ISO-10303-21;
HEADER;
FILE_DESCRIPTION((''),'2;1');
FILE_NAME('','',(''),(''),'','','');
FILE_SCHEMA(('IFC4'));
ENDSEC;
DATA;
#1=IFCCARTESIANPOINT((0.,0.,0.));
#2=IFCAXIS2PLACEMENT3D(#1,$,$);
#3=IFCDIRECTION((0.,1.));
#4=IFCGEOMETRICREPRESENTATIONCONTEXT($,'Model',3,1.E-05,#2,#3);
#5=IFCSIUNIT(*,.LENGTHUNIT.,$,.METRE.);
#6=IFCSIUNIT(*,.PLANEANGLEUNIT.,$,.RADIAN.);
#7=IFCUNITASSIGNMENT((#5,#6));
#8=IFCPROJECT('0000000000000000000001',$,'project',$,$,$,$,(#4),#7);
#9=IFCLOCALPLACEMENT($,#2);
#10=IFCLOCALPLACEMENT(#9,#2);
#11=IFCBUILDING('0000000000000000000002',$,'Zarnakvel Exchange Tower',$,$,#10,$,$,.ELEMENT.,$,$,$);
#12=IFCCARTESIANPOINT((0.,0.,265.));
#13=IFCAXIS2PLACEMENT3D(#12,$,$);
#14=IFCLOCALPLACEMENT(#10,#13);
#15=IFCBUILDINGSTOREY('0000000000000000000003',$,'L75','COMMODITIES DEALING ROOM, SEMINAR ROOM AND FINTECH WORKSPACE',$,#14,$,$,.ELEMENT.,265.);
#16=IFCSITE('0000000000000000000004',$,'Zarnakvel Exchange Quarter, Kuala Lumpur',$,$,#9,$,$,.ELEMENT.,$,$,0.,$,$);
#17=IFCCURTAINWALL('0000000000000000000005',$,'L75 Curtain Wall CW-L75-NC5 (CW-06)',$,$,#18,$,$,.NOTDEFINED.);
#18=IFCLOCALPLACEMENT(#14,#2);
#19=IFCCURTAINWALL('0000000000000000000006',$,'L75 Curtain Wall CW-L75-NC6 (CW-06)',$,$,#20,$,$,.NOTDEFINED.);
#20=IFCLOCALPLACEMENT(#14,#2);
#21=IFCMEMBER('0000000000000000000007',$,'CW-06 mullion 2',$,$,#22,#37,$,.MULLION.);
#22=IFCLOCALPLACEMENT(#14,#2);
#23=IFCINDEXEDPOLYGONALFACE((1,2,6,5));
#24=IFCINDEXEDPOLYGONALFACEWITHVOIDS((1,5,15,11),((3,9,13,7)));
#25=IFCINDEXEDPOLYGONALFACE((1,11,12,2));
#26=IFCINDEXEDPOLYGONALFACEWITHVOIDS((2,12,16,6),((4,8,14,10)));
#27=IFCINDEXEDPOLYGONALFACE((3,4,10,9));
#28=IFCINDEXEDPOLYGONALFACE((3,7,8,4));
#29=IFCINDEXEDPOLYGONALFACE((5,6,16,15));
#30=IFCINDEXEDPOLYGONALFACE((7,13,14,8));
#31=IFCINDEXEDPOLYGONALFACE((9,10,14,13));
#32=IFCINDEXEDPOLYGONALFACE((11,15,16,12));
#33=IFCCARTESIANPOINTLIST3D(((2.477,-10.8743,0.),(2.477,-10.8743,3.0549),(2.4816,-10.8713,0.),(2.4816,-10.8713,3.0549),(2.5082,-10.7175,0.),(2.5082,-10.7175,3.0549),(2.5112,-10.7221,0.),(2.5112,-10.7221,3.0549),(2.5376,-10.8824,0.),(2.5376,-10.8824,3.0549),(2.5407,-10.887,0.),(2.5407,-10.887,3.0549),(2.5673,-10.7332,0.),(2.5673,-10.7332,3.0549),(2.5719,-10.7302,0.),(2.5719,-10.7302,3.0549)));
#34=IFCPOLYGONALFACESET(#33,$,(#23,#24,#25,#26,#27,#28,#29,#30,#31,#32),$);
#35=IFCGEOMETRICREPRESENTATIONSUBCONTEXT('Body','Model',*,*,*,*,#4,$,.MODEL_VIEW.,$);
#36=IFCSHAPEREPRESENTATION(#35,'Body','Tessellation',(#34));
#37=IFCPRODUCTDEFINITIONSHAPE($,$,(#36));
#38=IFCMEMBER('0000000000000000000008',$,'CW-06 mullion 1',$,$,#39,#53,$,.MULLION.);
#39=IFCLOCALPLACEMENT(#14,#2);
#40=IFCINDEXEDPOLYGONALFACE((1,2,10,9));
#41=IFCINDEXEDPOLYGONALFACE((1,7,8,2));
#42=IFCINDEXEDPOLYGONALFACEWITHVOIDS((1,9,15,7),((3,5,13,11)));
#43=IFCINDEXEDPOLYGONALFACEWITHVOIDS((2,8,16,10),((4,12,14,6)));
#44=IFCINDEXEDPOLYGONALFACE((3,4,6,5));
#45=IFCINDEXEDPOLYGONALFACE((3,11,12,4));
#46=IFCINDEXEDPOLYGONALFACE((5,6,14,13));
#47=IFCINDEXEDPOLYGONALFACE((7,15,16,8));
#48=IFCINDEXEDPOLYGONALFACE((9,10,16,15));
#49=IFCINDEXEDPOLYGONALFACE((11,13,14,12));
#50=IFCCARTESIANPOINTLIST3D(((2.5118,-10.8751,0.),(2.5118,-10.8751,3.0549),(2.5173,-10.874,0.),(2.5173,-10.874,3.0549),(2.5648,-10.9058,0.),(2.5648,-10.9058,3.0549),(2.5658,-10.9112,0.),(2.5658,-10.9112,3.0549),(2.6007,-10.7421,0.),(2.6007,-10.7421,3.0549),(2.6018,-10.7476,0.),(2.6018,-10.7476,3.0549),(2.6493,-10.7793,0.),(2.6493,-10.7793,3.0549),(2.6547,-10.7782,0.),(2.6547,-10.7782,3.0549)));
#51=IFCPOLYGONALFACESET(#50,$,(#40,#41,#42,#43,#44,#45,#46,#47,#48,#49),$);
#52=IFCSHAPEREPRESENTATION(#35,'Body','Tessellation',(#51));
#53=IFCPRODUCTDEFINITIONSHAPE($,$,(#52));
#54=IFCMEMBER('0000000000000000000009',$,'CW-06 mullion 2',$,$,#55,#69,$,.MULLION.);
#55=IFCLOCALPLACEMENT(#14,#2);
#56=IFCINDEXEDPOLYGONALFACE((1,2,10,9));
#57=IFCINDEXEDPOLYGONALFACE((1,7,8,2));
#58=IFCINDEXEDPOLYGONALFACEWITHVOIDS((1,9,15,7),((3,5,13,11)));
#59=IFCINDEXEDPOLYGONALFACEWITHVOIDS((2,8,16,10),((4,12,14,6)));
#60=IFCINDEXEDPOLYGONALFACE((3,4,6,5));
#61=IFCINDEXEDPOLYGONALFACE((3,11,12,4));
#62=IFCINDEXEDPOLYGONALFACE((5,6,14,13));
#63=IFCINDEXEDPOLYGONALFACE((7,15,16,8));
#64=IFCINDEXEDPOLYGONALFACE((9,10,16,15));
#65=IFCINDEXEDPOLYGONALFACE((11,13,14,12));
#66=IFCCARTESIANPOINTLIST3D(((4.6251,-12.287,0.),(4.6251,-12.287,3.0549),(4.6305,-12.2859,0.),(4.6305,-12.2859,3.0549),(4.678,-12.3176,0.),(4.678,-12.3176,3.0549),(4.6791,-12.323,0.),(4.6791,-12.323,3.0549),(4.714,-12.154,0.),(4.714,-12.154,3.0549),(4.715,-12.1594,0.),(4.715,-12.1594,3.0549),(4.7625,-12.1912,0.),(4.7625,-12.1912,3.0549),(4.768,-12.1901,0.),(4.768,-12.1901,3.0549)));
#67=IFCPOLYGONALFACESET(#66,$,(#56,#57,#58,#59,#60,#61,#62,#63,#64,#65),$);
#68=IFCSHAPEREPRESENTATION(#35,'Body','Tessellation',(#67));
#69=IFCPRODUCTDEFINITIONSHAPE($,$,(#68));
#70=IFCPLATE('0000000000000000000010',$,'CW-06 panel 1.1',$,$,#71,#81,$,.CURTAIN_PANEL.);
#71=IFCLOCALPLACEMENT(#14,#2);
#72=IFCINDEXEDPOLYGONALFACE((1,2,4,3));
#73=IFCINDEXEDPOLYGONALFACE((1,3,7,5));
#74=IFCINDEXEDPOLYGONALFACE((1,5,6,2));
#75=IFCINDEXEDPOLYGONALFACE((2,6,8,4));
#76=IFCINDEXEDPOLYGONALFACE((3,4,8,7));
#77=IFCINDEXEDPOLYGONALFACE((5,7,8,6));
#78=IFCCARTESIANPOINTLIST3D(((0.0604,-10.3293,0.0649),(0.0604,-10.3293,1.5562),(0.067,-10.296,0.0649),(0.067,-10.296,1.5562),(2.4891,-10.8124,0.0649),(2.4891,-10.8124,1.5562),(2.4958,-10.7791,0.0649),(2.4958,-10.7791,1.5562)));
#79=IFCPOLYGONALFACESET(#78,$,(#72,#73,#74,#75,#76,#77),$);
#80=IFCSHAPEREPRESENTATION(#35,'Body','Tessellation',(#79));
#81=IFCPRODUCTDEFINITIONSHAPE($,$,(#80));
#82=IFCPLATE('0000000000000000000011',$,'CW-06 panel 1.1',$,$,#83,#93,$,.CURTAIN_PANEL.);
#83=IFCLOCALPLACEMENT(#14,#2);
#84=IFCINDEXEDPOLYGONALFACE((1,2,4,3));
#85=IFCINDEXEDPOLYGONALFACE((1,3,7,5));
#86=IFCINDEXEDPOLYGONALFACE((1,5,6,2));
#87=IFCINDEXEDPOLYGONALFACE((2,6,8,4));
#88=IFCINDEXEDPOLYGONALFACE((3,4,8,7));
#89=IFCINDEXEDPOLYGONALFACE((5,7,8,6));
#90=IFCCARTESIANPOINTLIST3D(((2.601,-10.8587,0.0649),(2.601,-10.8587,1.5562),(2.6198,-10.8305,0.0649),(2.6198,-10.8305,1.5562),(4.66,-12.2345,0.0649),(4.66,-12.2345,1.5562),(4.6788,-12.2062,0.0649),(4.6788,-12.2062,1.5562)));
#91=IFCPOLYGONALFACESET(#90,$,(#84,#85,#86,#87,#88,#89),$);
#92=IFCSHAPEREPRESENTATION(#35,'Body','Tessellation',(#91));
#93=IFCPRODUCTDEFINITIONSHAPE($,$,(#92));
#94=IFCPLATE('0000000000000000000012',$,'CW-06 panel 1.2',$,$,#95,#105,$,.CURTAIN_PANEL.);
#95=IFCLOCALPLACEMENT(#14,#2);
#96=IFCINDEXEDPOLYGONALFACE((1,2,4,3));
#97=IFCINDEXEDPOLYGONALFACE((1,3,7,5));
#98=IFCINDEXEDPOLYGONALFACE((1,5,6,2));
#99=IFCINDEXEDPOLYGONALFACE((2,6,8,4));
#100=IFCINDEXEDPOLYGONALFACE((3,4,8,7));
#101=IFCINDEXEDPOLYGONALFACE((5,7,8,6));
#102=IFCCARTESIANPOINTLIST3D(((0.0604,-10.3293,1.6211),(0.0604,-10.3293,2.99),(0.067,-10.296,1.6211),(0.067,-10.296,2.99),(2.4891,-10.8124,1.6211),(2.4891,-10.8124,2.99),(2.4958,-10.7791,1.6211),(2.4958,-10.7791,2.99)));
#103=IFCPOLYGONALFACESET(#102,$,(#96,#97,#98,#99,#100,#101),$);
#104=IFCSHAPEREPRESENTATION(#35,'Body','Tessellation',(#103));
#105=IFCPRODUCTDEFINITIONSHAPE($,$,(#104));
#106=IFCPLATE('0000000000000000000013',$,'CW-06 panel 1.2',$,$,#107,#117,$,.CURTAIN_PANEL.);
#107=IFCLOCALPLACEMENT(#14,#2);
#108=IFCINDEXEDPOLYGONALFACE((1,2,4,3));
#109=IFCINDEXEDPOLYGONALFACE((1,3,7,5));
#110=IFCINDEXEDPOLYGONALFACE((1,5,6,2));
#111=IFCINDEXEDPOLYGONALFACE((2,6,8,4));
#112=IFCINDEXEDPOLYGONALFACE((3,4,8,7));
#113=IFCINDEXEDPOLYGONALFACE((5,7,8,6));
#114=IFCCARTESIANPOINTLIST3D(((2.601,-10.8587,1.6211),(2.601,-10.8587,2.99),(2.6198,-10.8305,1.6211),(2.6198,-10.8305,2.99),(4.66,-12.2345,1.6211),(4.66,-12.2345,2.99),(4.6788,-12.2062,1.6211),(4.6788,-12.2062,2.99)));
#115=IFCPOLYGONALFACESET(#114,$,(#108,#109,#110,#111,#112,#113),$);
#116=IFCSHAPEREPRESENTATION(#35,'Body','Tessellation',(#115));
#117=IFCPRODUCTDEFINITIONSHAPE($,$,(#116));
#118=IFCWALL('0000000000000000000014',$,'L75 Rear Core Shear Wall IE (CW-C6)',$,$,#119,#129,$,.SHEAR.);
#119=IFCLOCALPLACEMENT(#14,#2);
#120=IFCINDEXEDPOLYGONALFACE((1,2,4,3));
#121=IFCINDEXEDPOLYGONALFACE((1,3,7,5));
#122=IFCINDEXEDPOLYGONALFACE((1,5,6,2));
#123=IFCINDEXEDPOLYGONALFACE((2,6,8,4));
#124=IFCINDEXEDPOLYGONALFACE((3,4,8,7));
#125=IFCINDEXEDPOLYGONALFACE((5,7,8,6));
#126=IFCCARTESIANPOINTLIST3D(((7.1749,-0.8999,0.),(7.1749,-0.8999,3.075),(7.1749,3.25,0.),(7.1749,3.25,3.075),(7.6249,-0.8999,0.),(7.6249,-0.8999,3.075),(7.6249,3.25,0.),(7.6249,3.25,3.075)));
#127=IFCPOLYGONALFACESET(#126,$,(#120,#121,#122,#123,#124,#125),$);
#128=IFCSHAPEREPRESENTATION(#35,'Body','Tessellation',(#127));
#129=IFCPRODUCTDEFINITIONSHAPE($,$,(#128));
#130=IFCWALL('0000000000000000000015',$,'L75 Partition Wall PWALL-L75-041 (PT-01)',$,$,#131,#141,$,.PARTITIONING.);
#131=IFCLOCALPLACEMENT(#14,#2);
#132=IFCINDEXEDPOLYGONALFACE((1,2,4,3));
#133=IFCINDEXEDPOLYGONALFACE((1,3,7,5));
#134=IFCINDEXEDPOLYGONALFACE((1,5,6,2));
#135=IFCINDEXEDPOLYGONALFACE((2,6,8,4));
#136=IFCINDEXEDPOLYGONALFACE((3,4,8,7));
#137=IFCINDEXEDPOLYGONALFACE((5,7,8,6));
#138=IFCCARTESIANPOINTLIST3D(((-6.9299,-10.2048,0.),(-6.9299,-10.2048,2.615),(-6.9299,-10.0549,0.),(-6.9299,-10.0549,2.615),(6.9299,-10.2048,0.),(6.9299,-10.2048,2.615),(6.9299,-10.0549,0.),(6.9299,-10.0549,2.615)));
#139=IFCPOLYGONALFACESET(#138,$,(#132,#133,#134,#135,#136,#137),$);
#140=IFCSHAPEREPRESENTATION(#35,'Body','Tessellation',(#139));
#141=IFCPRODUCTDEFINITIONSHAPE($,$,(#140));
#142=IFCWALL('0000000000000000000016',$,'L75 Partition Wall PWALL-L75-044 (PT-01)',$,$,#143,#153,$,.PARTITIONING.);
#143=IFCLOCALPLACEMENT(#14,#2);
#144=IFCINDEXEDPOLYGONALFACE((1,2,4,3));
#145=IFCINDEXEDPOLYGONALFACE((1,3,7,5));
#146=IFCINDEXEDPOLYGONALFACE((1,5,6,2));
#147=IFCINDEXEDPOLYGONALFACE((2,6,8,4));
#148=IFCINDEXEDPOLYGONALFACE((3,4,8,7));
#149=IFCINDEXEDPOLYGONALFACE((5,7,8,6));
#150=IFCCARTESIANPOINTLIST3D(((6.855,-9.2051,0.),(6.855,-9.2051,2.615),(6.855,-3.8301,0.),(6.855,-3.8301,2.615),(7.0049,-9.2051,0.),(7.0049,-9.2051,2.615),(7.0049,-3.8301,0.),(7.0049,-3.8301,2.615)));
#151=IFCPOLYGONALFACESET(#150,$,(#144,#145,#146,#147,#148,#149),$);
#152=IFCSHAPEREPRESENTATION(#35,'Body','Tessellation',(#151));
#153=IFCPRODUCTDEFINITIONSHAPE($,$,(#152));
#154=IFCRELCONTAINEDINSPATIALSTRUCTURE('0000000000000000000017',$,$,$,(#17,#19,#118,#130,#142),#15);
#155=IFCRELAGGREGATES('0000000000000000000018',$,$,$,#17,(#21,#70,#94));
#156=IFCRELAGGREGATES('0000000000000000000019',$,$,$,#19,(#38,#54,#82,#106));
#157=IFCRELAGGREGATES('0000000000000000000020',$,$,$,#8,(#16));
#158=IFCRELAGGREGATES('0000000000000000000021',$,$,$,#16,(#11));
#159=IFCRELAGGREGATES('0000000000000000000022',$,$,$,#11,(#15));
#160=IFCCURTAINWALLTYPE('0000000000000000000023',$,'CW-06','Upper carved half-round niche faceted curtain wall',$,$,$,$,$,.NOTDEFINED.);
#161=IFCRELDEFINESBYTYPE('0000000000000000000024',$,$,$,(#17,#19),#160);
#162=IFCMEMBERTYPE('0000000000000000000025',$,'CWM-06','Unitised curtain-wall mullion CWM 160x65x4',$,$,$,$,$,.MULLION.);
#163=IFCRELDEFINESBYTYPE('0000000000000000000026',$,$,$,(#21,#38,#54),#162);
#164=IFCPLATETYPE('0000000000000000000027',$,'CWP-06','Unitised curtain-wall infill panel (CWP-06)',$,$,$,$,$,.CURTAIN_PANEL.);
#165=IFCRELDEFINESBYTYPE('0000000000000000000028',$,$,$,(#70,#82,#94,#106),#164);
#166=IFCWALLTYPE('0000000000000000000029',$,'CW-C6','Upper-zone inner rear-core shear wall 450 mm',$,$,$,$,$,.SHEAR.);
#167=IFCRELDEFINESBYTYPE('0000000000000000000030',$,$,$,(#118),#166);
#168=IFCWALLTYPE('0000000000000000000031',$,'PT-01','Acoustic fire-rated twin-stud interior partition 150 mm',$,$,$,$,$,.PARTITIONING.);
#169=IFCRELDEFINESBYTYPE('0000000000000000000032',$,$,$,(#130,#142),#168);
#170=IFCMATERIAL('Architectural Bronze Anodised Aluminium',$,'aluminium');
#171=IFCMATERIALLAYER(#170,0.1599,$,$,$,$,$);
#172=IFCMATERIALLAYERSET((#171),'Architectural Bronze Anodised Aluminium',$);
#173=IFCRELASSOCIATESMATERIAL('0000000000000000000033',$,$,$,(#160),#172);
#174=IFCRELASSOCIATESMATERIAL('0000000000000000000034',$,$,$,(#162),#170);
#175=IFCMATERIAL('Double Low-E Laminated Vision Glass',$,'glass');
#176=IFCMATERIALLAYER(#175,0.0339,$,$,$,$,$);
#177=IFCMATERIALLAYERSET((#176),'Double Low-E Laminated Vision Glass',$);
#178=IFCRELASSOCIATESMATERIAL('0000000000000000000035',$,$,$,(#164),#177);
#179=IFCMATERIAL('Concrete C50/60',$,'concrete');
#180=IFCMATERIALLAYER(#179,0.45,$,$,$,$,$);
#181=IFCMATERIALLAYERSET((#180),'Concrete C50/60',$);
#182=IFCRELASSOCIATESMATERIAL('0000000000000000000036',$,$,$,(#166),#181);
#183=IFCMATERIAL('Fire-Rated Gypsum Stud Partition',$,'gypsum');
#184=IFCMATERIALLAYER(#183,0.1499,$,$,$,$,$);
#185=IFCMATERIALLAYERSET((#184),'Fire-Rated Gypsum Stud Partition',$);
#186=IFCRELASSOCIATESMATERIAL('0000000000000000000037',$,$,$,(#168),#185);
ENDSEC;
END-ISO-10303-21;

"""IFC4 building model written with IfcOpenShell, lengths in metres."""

from ifc_helpers import new_model, si_unit, direction, frame, frame_2d, origin, origin_2d, place, context, subcontext, project, spatial, rectangle, hollow_rectangle, extrude, source, transform, mapped, material, layer, layer_set, material_profile, profile_set, type_object, element, aggregate, save


model = new_model("IFC4")

# Units and contexts
model_context = context("Model", 3, precision=1e-05, world=origin(), true_north=direction((0.0, 1.0)))
body_context = subcontext(model_context, "Body", "Model", "MODEL_VIEW")
ifc_project = project(units=[si_unit("LENGTHUNIT", "METRE"), si_unit("PLANEANGLEUNIT", "RADIAN")], contexts=[model_context])

# Site, building, storey
site_placement = place(None, origin())
site = spatial("IfcSite", under=ifc_project, at=site_placement, Name="Zarnakvel Exchange Quarter, Kuala Lumpur", CompositionType="ELEMENT", RefElevation=0.0)
building_placement = place(site_placement, origin())
building = spatial("IfcBuilding", under=site, at=building_placement, Name="Zarnakvel Exchange Tower", CompositionType="ELEMENT")
storey_placement = place(building_placement, frame((0.0, 0.0, 265.0)))
storey = spatial("IfcBuildingStorey", under=building, at=storey_placement, Name="L75", Description="COMMODITIES DEALING ROOM, SEMINAR ROOM AND FINTECH WORKSPACE", CompositionType="ELEMENT", Elevation=265.0)

# Shared definitions
ifc_material_1 = material(Name="Concrete C50/60", Category="concrete")

# Curtain walls
ifc_material_2 = material(Name="Architectural Bronze Anodised Aluminium", Category="aluminium")
ifc_layer_1 = layer(ifc_material_2, 0.1599)
ifc_layer_set_1 = layer_set([ifc_layer_1], Name="Architectural Bronze Anodised Aluminium")
curtain_wall_type = type_object("IfcCurtainWallType", Name="CW-06", Description="Upper carved half-round niche faceted curtain wall", PredefinedType="NOTDEFINED", material=ifc_layer_set_1)
curtain_wall_1_placement = place(storey_placement, origin())
curtain_wall_1 = element("IfcCurtainWall", 1, at=curtain_wall_1_placement, inside=storey, type_object=curtain_wall_type, Name="L75 Curtain Wall CW-L75-NC5 (CW-06)", PredefinedType="NOTDEFINED")
curtain_wall_2_placement = place(storey_placement, origin())
curtain_wall_2 = element("IfcCurtainWall", 2, at=curtain_wall_2_placement, inside=storey, type_object=curtain_wall_type, Name="L75 Curtain Wall CW-L75-NC6 (CW-06)", PredefinedType="NOTDEFINED")

# Members
ifc_material_profile_1 = material_profile(ifc_material_2, hollow_rectangle(XDim=0.1599, YDim=0.0649, WallThickness=0.0039, at=origin_2d()))
ifc_profile_set_1 = profile_set([ifc_material_profile_1], Name="Architectural Bronze Anodised Aluminium")
member_type_1 = type_object("IfcMemberType", Name="CWM-06", Description="Unitised curtain-wall mullion CWM 160x65x4", PredefinedType="MULLION", material=ifc_profile_set_1)
shared_shape_1 = source(origin(), body_context, "Body", "SweptSolid", [
    extrude(hollow_rectangle(XDim=0.1599, YDim=0.0649, WallThickness=0.0039, at=origin_2d()), origin(), (0.0, 0.0, 1.0), 3.0549),
])
member_1_placement = place(storey_placement, frame((2.5244, -10.8022, 0.0), z_axis=(0.0, 0.0, 1.0), x_axis=(0.19509, 0.980785, 0.0)))
member_1 = element("IfcMember", 3, at=member_1_placement, type_object=member_type_1, Name="CW-06 mullion 2", PredefinedType="MULLION", context=body_context, shape_type="MappedRepresentation", body=[
    mapped(shared_shape_1, transform((0.0, 0.0, 0.0), x_axis=(1.0, 0.0, 0.0), y_axis=(0.0, 1.0, 0.0), z_axis=(0.0, 0.0, 1.0), scale=1.0)),
])
member_2_placement = place(storey_placement, frame((2.5833, -10.8267, 0.0), z_axis=(0.0, 0.0, 1.0), x_axis=(0.55557, 0.83147, 0.0)))
member_2 = element("IfcMember", 4, at=member_2_placement, type_object=member_type_1, Name="CW-06 mullion 1", PredefinedType="MULLION", context=body_context, shape_type="MappedRepresentation", body=[
    mapped(shared_shape_1, transform((0.0, 0.0, 0.0), x_axis=(1.0, 0.0, 0.0), y_axis=(0.0, 1.0, 0.0), z_axis=(0.0, 0.0, 1.0), scale=1.0)),
])
member_3_placement = place(storey_placement, frame((4.6965, -12.2385, 0.0), z_axis=(0.0, 0.0, 1.0), x_axis=(0.55557, 0.83147, 0.0)))
member_3 = element("IfcMember", 5, at=member_3_placement, type_object=member_type_1, Name="CW-06 mullion 2", PredefinedType="MULLION", context=body_context, shape_type="MappedRepresentation", body=[
    mapped(shared_shape_1, transform((0.0, 0.0, 0.0), x_axis=(1.0, 0.0, 0.0), y_axis=(0.0, 1.0, 0.0), z_axis=(0.0, 0.0, 1.0), scale=1.0)),
])

# Plates
ifc_material_3 = material(Name="Double Low-E Laminated Vision Glass", Category="glass")
ifc_layer_2 = layer(ifc_material_3, 0.0339)
ifc_layer_set_2 = layer_set([ifc_layer_2], Name="Double Low-E Laminated Vision Glass")
plate_type = type_object("IfcPlateType", Name="CWP-06", Description="Unitised curtain-wall infill panel (CWP-06)", PredefinedType="CURTAIN_PANEL", material=ifc_layer_set_2)
shared_shape_2 = source(origin(), body_context, "Body", "SweptSolid", [
    extrude(rectangle(XDim=2.4763, YDim=0.0339, at=origin_2d()), origin(), (0.0, 0.0, 1.0), 1.4912),
])
plate_1_placement = place(storey_placement, frame((1.2781, -10.5542, 0.0649), z_axis=(0.0, 0.0, 1.0), x_axis=(0.980785, -0.19509, 0.0)))
plate_1 = element("IfcPlate", 6, at=plate_1_placement, type_object=plate_type, Name="CW-06 panel 1.1", PredefinedType="CURTAIN_PANEL", context=body_context, shape_type="MappedRepresentation", body=[
    mapped(shared_shape_2, transform((0.0, 0.0, 0.0), x_axis=(1.0, 0.0, 0.0), y_axis=(0.0, 1.0, 0.0), z_axis=(0.0, 0.0, 1.0), scale=1.0)),
])
plate_2_placement = place(storey_placement, frame((3.6399, -11.5325, 0.0649), z_axis=(0.0, 0.0, 1.0), x_axis=(0.83147, -0.55557, 0.0)))
plate_2 = element("IfcPlate", 7, at=plate_2_placement, type_object=plate_type, Name="CW-06 panel 1.1", PredefinedType="CURTAIN_PANEL", context=body_context, shape_type="MappedRepresentation", body=[
    mapped(shared_shape_2, transform((0.0, 0.0, 0.0), x_axis=(1.0, 0.0, 0.0), y_axis=(0.0, 1.0, 0.0), z_axis=(0.0, 0.0, 1.0), scale=1.0)),
])
shared_shape_3 = source(origin(), body_context, "Body", "SweptSolid", [
    extrude(rectangle(XDim=2.4763, YDim=0.0339, at=origin_2d()), origin(), (0.0, 0.0, 1.0), 1.3689),
])
plate_3_placement = place(storey_placement, frame((1.2781, -10.5542, 1.6211), z_axis=(0.0, 0.0, 1.0), x_axis=(0.980785, -0.19509, 0.0)))
plate_3 = element("IfcPlate", 8, at=plate_3_placement, type_object=plate_type, Name="CW-06 panel 1.2", PredefinedType="CURTAIN_PANEL", context=body_context, shape_type="MappedRepresentation", body=[
    mapped(shared_shape_3, transform((0.0, 0.0, 0.0), x_axis=(1.0, 0.0, 0.0), y_axis=(0.0, 1.0, 0.0), z_axis=(0.0, 0.0, 1.0), scale=1.0)),
])
aggregate(curtain_wall_1, [member_1, plate_1, plate_3])
plate_4_placement = place(storey_placement, frame((3.6399, -11.5325, 1.6211), z_axis=(0.0, 0.0, 1.0), x_axis=(0.83147, -0.55557, 0.0)))
plate_4 = element("IfcPlate", 9, at=plate_4_placement, type_object=plate_type, Name="CW-06 panel 1.2", PredefinedType="CURTAIN_PANEL", context=body_context, shape_type="MappedRepresentation", body=[
    mapped(shared_shape_3, transform((0.0, 0.0, 0.0), x_axis=(1.0, 0.0, 0.0), y_axis=(0.0, 1.0, 0.0), z_axis=(0.0, 0.0, 1.0), scale=1.0)),
])
aggregate(curtain_wall_2, [member_2, member_3, plate_2, plate_4])

# Walls
ifc_layer_3 = layer(ifc_material_1, 0.45)
ifc_layer_set_3 = layer_set([ifc_layer_3], Name="Concrete C50/60")
wall_type_1 = type_object("IfcWallType", Name="CW-C6", Description="Upper-zone inner rear-core shear wall 450 mm", PredefinedType="SHEAR", material=ifc_layer_set_3)
wall_1_placement = place(storey_placement, frame((7.3999, -0.8999, 0.0), z_axis=(0.0, 0.0, 1.0), x_axis=(0.0, 1.0, 0.0)))
element("IfcWall", 10, at=wall_1_placement, inside=storey, type_object=wall_type_1, Name="L75 Rear Core Shear Wall IE (CW-C6)", PredefinedType="SHEAR", context=body_context, shape_type="SweptSolid", body=[
    extrude(rectangle(XDim=4.1499, YDim=0.45, at=frame_2d((2.075, 0.0))), origin(), (0.0, 0.0, 1.0), 3.075),
])
ifc_material_4 = material(Name="Fire-Rated Gypsum Stud Partition", Category="gypsum")
ifc_layer_4 = layer(ifc_material_4, 0.1499)
ifc_layer_set_4 = layer_set([ifc_layer_4], Name="Fire-Rated Gypsum Stud Partition")
wall_type_2 = type_object("IfcWallType", Name="PT-01", Description="Acoustic fire-rated twin-stud interior partition 150 mm", PredefinedType="PARTITIONING", material=ifc_layer_set_4)
wall_2_placement = place(storey_placement, frame((6.9299, -10.1299, 0.0), z_axis=(0.0, 0.0, 1.0), x_axis=(-1.0, 0.0, 0.0)))
element("IfcWall", 11, at=wall_2_placement, inside=storey, type_object=wall_type_2, Name="L75 Partition Wall PWALL-L75-041 (PT-01)", PredefinedType="PARTITIONING", context=body_context, shape_type="SweptSolid", body=[
    extrude(rectangle(XDim=13.8599, YDim=0.1499, at=frame_2d((6.9299, 0.0))), origin(), (0.0, 0.0, 1.0), 2.615),
])
wall_3_placement = place(storey_placement, frame((6.9299, -3.8301, 0.0), z_axis=(0.0, 0.0, 1.0), x_axis=(0.0, -1.0, 0.0)))
element("IfcWall", 12, at=wall_3_placement, inside=storey, type_object=wall_type_2, Name="L75 Partition Wall PWALL-L75-044 (PT-01)", PredefinedType="PARTITIONING", context=body_context, shape_type="SweptSolid", body=[
    extrude(rectangle(XDim=5.375, YDim=0.1499, at=frame_2d((2.6875, 0.0))), origin(), (0.0, 0.0, 1.0), 2.615),
])

save(model, "model.ifc")
